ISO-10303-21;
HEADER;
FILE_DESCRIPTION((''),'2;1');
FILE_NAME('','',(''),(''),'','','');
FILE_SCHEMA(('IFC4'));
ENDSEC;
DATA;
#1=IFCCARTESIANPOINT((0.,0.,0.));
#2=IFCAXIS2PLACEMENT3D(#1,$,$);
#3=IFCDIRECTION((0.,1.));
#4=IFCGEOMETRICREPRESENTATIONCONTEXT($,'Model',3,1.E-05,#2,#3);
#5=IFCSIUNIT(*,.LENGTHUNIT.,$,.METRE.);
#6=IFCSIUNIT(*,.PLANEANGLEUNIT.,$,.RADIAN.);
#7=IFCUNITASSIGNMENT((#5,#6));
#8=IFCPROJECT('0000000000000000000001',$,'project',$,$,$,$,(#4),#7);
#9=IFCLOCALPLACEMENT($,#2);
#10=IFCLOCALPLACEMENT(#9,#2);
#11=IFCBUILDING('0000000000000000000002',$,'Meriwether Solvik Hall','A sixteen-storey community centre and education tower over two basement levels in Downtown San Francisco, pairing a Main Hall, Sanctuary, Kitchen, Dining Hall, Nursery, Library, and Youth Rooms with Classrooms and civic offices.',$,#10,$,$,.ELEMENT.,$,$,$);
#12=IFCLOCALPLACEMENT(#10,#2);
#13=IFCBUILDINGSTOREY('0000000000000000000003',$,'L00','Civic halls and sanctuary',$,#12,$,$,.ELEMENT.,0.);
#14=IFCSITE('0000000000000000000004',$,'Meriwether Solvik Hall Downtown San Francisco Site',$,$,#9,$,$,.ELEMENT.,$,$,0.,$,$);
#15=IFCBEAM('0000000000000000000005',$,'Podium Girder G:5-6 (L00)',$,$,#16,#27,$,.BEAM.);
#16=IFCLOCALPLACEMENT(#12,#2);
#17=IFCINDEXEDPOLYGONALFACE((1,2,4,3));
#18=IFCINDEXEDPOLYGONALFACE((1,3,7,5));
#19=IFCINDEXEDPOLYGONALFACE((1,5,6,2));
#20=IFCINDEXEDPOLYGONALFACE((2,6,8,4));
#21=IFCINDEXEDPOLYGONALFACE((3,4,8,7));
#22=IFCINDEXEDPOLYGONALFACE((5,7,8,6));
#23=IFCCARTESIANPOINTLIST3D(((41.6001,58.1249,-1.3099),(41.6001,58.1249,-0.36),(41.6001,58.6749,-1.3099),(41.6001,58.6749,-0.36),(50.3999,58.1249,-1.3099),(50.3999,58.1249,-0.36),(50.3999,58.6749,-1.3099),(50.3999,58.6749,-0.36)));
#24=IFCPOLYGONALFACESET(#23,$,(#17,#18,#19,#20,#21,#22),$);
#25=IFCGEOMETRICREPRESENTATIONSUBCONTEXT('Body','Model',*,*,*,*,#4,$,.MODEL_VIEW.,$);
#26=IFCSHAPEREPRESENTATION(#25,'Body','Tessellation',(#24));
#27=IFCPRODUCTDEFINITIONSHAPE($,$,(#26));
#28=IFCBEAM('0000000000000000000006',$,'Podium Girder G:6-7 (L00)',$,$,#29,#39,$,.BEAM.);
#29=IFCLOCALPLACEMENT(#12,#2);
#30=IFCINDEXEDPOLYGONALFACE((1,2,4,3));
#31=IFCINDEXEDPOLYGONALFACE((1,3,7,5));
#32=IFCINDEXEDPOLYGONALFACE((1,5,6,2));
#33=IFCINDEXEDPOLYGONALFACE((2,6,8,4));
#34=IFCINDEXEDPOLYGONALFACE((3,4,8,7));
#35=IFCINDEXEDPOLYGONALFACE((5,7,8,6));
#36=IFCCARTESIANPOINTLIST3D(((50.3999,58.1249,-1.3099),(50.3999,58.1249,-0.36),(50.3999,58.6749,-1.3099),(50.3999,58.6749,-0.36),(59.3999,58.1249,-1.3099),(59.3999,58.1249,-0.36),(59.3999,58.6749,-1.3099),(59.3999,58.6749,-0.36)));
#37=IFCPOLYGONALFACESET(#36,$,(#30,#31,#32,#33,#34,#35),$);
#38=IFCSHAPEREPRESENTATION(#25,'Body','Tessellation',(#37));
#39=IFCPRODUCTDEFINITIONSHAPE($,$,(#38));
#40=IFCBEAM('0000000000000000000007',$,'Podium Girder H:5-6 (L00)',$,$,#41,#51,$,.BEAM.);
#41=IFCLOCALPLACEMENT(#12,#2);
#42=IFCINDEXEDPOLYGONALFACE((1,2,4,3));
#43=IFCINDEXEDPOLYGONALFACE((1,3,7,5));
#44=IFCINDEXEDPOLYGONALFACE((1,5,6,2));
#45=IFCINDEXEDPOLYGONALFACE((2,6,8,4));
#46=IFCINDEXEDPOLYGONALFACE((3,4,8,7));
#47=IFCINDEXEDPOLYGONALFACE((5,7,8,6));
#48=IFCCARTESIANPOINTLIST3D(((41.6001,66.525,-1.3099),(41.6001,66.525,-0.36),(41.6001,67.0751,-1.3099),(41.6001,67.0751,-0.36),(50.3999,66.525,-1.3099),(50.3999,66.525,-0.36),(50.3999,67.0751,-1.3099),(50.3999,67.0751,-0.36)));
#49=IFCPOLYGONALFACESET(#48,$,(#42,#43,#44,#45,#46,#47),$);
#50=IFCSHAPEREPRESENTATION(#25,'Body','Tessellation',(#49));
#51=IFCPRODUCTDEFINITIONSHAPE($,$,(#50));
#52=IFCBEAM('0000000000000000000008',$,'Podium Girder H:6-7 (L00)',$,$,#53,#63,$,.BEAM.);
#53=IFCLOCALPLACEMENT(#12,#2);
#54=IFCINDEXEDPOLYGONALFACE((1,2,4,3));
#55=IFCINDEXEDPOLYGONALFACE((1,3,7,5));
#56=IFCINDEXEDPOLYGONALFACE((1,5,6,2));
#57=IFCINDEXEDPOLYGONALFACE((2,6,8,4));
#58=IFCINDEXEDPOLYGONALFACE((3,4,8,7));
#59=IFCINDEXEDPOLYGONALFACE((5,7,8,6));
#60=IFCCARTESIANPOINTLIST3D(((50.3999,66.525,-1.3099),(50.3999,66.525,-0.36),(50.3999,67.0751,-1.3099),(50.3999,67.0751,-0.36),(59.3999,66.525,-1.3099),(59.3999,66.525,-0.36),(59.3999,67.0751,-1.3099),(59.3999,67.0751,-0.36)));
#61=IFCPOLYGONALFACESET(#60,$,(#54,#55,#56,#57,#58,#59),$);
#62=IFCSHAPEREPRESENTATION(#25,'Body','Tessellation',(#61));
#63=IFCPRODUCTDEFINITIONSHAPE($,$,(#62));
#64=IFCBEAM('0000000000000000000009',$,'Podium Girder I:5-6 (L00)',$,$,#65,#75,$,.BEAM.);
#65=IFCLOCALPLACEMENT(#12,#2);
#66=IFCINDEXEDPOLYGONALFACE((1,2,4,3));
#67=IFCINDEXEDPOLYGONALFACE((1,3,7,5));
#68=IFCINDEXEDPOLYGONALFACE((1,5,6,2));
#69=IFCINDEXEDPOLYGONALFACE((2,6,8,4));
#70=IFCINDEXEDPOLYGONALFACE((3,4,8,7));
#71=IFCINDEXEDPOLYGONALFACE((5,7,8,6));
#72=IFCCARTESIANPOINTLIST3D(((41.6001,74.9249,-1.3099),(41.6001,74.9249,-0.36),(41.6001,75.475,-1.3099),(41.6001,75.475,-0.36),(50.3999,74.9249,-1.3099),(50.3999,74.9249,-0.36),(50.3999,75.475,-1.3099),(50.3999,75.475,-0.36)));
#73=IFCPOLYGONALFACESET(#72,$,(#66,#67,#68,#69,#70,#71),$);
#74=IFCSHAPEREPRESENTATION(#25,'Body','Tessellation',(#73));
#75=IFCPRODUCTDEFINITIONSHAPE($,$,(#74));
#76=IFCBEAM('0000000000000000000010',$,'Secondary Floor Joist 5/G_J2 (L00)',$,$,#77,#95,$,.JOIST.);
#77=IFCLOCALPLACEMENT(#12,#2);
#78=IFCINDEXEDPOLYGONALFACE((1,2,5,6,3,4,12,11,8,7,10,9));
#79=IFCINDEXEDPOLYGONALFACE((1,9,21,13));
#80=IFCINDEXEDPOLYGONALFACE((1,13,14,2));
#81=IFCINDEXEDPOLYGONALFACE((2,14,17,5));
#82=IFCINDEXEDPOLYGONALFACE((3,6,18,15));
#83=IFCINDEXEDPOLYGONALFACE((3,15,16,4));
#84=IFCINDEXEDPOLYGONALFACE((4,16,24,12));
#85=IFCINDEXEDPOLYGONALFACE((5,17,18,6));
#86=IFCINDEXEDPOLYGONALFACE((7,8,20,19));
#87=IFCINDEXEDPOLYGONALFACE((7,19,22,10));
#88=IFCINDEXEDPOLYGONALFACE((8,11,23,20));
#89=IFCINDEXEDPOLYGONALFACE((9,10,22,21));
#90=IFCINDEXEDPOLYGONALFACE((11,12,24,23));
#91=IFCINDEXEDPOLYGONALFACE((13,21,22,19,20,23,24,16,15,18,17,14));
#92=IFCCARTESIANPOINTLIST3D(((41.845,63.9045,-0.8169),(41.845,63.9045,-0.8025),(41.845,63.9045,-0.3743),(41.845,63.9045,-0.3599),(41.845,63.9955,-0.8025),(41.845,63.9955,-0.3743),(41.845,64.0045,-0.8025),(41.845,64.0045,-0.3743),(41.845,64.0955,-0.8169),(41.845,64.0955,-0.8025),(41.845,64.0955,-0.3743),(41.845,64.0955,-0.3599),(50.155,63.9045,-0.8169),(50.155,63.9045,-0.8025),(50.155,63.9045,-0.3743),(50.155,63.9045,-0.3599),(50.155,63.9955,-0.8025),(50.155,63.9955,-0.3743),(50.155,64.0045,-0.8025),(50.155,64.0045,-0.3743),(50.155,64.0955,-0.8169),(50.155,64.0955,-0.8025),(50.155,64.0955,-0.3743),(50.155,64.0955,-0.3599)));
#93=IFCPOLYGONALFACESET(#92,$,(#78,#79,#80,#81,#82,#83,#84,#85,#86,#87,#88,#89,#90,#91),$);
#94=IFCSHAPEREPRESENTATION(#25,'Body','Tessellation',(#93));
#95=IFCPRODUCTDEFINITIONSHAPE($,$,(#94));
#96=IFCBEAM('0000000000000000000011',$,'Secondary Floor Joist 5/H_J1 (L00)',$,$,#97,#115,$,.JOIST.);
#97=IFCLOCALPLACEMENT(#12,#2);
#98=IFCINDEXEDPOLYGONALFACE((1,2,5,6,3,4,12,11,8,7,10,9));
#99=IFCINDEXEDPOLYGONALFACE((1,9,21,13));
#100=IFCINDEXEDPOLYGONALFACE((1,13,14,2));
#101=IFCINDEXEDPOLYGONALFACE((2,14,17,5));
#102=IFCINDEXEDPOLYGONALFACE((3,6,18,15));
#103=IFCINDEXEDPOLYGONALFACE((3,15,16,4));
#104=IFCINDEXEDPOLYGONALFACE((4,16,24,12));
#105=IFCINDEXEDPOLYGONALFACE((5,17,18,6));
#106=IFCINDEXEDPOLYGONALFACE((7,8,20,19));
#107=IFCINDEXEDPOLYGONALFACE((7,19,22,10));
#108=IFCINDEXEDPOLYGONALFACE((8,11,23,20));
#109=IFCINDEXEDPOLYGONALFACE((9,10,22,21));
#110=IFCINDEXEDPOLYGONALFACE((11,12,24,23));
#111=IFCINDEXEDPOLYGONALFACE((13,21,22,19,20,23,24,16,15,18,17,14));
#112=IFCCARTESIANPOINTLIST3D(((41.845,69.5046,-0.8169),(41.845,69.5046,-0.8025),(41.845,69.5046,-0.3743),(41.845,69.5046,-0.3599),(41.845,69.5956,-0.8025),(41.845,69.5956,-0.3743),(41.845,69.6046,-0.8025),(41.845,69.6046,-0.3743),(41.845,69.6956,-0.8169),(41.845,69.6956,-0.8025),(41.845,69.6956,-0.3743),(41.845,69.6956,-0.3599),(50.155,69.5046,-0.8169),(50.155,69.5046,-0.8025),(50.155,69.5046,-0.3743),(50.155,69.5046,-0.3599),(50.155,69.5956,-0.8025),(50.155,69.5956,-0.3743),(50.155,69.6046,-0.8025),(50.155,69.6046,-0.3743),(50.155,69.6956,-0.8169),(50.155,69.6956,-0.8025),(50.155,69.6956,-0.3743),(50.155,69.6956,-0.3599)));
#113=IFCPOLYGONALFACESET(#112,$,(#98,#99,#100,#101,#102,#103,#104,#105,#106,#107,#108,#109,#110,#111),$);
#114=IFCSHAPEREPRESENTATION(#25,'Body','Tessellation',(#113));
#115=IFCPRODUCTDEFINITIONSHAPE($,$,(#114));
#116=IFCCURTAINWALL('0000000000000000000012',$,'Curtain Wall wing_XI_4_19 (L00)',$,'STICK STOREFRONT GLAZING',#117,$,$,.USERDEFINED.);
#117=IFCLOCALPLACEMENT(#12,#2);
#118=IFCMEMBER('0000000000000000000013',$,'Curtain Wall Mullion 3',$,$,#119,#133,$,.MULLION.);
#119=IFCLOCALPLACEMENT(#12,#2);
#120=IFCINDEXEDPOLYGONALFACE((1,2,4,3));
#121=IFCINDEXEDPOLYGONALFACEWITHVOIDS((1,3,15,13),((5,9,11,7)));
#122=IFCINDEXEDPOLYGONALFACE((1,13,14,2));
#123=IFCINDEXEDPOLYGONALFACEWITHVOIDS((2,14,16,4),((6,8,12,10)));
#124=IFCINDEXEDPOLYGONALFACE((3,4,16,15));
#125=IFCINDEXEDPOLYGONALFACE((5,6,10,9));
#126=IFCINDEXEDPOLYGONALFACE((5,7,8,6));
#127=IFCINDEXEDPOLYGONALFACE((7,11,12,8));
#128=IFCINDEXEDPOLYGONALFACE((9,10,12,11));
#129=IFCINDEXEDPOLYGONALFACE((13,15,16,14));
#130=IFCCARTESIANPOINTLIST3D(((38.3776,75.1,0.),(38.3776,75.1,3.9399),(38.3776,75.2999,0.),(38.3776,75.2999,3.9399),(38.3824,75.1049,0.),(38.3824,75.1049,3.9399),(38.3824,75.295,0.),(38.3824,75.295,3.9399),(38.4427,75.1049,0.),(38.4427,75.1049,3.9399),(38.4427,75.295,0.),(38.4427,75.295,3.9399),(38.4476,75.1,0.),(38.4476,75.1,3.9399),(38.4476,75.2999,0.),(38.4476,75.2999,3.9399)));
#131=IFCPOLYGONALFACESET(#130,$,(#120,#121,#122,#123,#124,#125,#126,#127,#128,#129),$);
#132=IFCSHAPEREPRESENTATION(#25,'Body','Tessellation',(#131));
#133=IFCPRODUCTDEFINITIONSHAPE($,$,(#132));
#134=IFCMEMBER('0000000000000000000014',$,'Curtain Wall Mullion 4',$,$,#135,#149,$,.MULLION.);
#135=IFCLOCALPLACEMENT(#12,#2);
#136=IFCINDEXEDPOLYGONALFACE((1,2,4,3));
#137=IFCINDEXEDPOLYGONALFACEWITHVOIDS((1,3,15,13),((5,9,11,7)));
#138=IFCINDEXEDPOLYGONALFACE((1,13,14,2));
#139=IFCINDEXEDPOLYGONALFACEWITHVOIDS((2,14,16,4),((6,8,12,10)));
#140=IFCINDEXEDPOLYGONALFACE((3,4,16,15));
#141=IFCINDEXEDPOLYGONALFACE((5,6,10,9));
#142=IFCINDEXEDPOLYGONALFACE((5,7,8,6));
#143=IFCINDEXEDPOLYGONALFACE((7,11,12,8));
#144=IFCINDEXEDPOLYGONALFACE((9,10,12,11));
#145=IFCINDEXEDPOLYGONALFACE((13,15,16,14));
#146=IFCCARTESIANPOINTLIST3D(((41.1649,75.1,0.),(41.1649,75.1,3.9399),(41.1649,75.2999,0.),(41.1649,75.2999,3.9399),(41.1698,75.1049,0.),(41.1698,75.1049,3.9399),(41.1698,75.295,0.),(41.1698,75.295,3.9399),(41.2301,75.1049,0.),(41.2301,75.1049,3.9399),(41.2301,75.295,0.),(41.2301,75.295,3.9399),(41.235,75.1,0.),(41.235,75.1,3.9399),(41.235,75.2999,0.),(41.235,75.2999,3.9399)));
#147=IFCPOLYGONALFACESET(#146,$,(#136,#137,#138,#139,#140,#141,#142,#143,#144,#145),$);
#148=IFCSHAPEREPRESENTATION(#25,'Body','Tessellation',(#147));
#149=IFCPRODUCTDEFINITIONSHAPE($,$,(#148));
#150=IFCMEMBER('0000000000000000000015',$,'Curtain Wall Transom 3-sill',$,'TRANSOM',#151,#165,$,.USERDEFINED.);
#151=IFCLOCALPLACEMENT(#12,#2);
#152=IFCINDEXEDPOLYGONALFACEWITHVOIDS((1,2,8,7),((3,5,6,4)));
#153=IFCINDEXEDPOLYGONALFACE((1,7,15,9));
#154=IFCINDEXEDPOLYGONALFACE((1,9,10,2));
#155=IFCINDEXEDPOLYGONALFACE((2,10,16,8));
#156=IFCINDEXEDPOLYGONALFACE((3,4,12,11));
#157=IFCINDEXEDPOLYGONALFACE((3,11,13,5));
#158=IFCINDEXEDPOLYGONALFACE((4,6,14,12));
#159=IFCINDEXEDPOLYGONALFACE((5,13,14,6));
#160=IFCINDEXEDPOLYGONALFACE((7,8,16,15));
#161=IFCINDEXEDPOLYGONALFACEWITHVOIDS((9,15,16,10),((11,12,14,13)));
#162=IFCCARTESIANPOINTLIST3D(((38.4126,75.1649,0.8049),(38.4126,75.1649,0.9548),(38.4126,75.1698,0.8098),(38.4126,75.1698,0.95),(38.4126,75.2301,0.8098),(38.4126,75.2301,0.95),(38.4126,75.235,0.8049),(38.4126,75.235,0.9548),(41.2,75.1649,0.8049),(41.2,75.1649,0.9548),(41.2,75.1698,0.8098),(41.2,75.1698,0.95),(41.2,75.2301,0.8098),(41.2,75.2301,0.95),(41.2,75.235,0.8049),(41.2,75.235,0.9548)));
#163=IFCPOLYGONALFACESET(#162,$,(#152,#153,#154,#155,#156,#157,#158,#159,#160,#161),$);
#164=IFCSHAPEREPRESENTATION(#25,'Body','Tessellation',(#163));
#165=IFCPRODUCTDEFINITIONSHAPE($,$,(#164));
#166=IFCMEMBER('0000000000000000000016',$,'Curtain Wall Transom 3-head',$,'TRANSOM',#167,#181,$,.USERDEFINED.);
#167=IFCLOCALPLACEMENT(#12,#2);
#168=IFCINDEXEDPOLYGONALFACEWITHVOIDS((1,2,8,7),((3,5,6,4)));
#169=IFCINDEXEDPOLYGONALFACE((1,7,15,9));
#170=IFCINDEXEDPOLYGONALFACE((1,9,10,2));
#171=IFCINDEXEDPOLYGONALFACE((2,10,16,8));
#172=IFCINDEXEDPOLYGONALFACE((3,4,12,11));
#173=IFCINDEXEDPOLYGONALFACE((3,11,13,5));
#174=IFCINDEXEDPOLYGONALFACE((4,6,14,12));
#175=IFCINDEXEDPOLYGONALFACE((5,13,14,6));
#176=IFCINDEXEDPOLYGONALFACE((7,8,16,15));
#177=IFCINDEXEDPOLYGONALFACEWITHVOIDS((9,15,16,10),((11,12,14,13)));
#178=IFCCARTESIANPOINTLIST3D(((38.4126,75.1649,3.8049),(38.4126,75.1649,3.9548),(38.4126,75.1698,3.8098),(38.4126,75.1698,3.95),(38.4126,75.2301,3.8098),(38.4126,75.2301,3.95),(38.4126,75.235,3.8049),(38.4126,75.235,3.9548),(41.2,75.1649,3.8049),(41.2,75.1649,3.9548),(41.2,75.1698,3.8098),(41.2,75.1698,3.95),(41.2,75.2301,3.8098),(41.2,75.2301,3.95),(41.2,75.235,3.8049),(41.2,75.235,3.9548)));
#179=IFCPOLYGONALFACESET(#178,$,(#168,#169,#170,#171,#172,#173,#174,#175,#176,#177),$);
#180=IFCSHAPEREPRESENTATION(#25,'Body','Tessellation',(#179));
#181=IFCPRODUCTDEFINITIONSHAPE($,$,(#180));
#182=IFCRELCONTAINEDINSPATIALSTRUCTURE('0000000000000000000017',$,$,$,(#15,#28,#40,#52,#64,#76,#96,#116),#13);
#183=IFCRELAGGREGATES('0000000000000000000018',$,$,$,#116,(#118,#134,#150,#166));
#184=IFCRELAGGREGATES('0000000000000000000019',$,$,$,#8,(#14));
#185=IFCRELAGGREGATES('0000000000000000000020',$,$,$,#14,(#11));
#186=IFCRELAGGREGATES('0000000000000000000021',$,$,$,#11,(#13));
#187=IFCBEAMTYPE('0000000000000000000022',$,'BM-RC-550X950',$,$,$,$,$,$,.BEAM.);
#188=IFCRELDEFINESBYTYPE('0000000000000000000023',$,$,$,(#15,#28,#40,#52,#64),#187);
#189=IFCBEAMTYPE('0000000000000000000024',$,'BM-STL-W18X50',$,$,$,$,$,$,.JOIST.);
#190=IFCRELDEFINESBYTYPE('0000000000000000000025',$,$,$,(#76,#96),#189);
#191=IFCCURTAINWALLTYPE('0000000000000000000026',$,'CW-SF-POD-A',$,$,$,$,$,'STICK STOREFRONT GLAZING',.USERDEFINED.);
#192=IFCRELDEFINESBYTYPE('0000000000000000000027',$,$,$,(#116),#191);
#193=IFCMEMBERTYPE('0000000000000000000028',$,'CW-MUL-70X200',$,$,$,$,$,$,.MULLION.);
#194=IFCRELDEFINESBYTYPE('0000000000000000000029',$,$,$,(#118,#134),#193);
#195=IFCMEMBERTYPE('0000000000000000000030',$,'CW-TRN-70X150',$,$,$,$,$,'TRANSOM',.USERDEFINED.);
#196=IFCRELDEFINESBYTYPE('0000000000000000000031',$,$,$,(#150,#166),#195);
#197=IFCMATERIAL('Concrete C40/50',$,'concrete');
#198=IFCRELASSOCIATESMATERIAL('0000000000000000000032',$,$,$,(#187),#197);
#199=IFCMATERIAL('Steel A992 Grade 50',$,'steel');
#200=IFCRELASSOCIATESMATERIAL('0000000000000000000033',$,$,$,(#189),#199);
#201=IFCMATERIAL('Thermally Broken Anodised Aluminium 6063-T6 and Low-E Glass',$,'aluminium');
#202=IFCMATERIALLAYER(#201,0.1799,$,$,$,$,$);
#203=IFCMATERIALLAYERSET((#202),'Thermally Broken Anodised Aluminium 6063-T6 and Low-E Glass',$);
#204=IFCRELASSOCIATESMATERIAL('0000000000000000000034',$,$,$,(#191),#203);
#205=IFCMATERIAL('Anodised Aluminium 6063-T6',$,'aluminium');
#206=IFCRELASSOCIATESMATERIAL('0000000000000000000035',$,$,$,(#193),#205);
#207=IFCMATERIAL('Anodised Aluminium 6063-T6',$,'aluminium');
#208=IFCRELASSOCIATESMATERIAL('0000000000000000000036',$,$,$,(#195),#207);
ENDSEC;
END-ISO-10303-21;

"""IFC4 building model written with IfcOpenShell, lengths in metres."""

from ifc_helpers import new_model, si_unit, direction, frame, origin, origin_2d, place, context, subcontext, project, spatial, rectangle, hollow_rectangle, i_section, extrude, material, layer, layer_set, material_profile, profile_set, type_object, element, aggregate, save


model = new_model("IFC4")

# Units and contexts
model_context = context("Model", 3, precision=1e-05, world=origin(), true_north=direction((0.0, 1.0)))
body_context = subcontext(model_context, "Body", "Model", "MODEL_VIEW")
ifc_project = project(units=[si_unit("LENGTHUNIT", "METRE"), si_unit("PLANEANGLEUNIT", "RADIAN")], contexts=[model_context])

# Site, building, storey
site_placement = place(None, origin())
site = spatial("IfcSite", under=ifc_project, at=site_placement, Name="Meriwether Solvik Hall Downtown San Francisco Site", CompositionType="ELEMENT", RefElevation=0.0)
building_placement = place(site_placement, origin())
building = spatial("IfcBuilding", under=site, at=building_placement, Name="Meriwether Solvik Hall", Description="A sixteen-storey community centre and education tower over two basement levels in Downtown San Francisco, pairing a Main Hall, Sanctuary, Kitchen, Dining Hall, Nursery, Library, and Youth Rooms with Classrooms and civic offices.", CompositionType="ELEMENT")
storey_placement = place(building_placement, origin())
storey = spatial("IfcBuildingStorey", under=building, at=storey_placement, Name="L00", Description="Civic halls and sanctuary", CompositionType="ELEMENT", Elevation=0.0)

# Beams
ifc_material_1 = material(Name="Concrete C40/50", Category="concrete")
ifc_material_profile_1 = material_profile(ifc_material_1, rectangle(XDim=0.55, YDim=0.95, at=origin_2d()), Name="RCB-550X950")
ifc_profile_set_1 = profile_set([ifc_material_profile_1], Name="Concrete C40/50")
beam_type_1 = type_object("IfcBeamType", Name="BM-RC-550X950", PredefinedType="BEAM", material=ifc_profile_set_1)
beam_1_placement = place(storey_placement, frame((41.6001, 58.3999, -0.835), z_axis=(1.0, 0.0, 0.0), x_axis=(0.0, 1.0, 0.0)))
element("IfcBeam", 1, at=beam_1_placement, inside=storey, type_object=beam_type_1, Name="Podium Girder G:5-6 (L00)", PredefinedType="BEAM", context=body_context, shape_type="SweptSolid", body=[
    extrude(rectangle(XDim=0.55, YDim=0.95, at=origin_2d()), origin(), (0.0, 0.0, 1.0), 8.7998),
])
beam_2_placement = place(storey_placement, frame((50.3999, 58.3999, -0.835), z_axis=(1.0, 0.0, 0.0), x_axis=(0.0, 1.0, 0.0)))
element("IfcBeam", 2, at=beam_2_placement, inside=storey, type_object=beam_type_1, Name="Podium Girder G:6-7 (L00)", PredefinedType="BEAM", context=body_context, shape_type="SweptSolid", body=[
    extrude(rectangle(XDim=0.55, YDim=0.95, at=origin_2d()), origin(), (0.0, 0.0, 1.0), 9.0),
])
beam_3_placement = place(storey_placement, frame((41.6001, 66.8, -0.835), z_axis=(1.0, 0.0, 0.0), x_axis=(0.0, 1.0, 0.0)))
element("IfcBeam", 3, at=beam_3_placement, inside=storey, type_object=beam_type_1, Name="Podium Girder H:5-6 (L00)", PredefinedType="BEAM", context=body_context, shape_type="SweptSolid", body=[
    extrude(rectangle(XDim=0.55, YDim=0.95, at=origin_2d()), origin(), (0.0, 0.0, 1.0), 8.7998),
])
beam_4_placement = place(storey_placement, frame((50.3999, 66.8, -0.835), z_axis=(1.0, 0.0, 0.0), x_axis=(0.0, 1.0, 0.0)))
element("IfcBeam", 4, at=beam_4_placement, inside=storey, type_object=beam_type_1, Name="Podium Girder H:6-7 (L00)", PredefinedType="BEAM", context=body_context, shape_type="SweptSolid", body=[
    extrude(rectangle(XDim=0.55, YDim=0.95, at=origin_2d()), origin(), (0.0, 0.0, 1.0), 9.0),
])
beam_5_placement = place(storey_placement, frame((41.6001, 75.2, -0.835), z_axis=(1.0, 0.0, 0.0), x_axis=(0.0, 1.0, 0.0)))
element("IfcBeam", 5, at=beam_5_placement, inside=storey, type_object=beam_type_1, Name="Podium Girder I:5-6 (L00)", PredefinedType="BEAM", context=body_context, shape_type="SweptSolid", body=[
    extrude(rectangle(XDim=0.55, YDim=0.95, at=origin_2d()), origin(), (0.0, 0.0, 1.0), 8.7998),
])
ifc_material_2 = material(Name="Steel A992 Grade 50", Category="steel")
ifc_material_profile_2 = material_profile(ifc_material_2, i_section(OverallWidth=0.1909, OverallDepth=0.457, WebThickness=0.009, FlangeThickness=0.0144, at=origin_2d()), Name="W18X50")
ifc_profile_set_2 = profile_set([ifc_material_profile_2], Name="Steel A992 Grade 50")
beam_type_2 = type_object("IfcBeamType", Name="BM-STL-W18X50", PredefinedType="JOIST", material=ifc_profile_set_2)
for number, where, z_axis, x_axis, name in (
    (6, (41.845, 64.0, -0.5884), (1.0, 0.0, 0.0), (0.0, 1.0, 0.0), "Secondary Floor Joist 5/G_J2 (L00)"),
    (7, (41.845, 69.6001, -0.5884), (1.0, 0.0, 0.0), (0.0, 1.0, 0.0), "Secondary Floor Joist 5/H_J1 (L00)"),
):
    element("IfcBeam", number, at=place(storey_placement, frame(where, z_axis=z_axis, x_axis=x_axis)), inside=storey, type_object=beam_type_2, Name=name, PredefinedType="JOIST", context=body_context, shape_type="SweptSolid", body=[
        extrude(i_section(OverallWidth=0.1909, OverallDepth=0.457, WebThickness=0.009, FlangeThickness=0.0144, at=origin_2d()), origin(), (0.0, 0.0, 1.0), 8.3101),
    ])

# Curtain wall, members
ifc_material_3 = material(Name="Thermally Broken Anodised Aluminium 6063-T6 and Low-E Glass", Category="aluminium")
ifc_layer_1 = layer(ifc_material_3, 0.1799)
ifc_layer_set_1 = layer_set([ifc_layer_1], Name="Thermally Broken Anodised Aluminium 6063-T6 and Low-E Glass")
curtain_wall_type = type_object("IfcCurtainWallType", Name="CW-SF-POD-A", ElementType="STICK STOREFRONT GLAZING", PredefinedType="USERDEFINED", material=ifc_layer_set_1)
curtain_wall_placement = place(storey_placement, origin())
curtain_wall = element("IfcCurtainWall", 8, at=curtain_wall_placement, inside=storey, type_object=curtain_wall_type, Name="Curtain Wall wing_XI_4_19 (L00)", ObjectType="STICK STOREFRONT GLAZING", PredefinedType="USERDEFINED")
ifc_material_4 = material(Name="Anodised Aluminium 6063-T6", Category="aluminium")
ifc_material_profile_3 = material_profile(ifc_material_4, hollow_rectangle(XDim=0.0701, YDim=0.2, WallThickness=0.0049, at=origin_2d()), Name="CWM-70X200")
ifc_profile_set_3 = profile_set([ifc_material_profile_3], Name="Anodised Aluminium 6063-T6")
member_type_1 = type_object("IfcMemberType", Name="CW-MUL-70X200", PredefinedType="MULLION", material=ifc_profile_set_3)
member_1_placement = place(storey_placement, frame((38.4126, 75.2, 0.0), z_axis=(0.0, 0.0, 1.0), x_axis=(1.0, 0.0, 0.0)))
member_1 = element("IfcMember", 9, at=member_1_placement, type_object=member_type_1, Name="Curtain Wall Mullion 3", PredefinedType="MULLION", context=body_context, shape_type="SweptSolid", body=[
    extrude(hollow_rectangle(XDim=0.0701, YDim=0.2, WallThickness=0.0049, at=origin_2d()), origin(), (0.0, 0.0, 1.0), 3.9399),
])
member_2_placement = place(storey_placement, frame((41.2, 75.2, 0.0), z_axis=(0.0, 0.0, 1.0), x_axis=(1.0, 0.0, 0.0)))
member_2 = element("IfcMember", 10, at=member_2_placement, type_object=member_type_1, Name="Curtain Wall Mullion 4", PredefinedType="MULLION", context=body_context, shape_type="SweptSolid", body=[
    extrude(hollow_rectangle(XDim=0.0701, YDim=0.2, WallThickness=0.0049, at=origin_2d()), origin(), (0.0, 0.0, 1.0), 3.9399),
])
ifc_material_5 = material(Name="Anodised Aluminium 6063-T6", Category="aluminium")
ifc_material_profile_4 = material_profile(ifc_material_5, hollow_rectangle(XDim=0.0701, YDim=0.1499, WallThickness=0.0049, at=origin_2d()), Name="CWT-70X150")
ifc_profile_set_4 = profile_set([ifc_material_profile_4], Name="Anodised Aluminium 6063-T6")
member_type_2 = type_object("IfcMemberType", Name="CW-TRN-70X150", ElementType="TRANSOM", PredefinedType="USERDEFINED", material=ifc_profile_set_4)
member_3_placement = place(storey_placement, frame((38.4126, 75.2, 0.8799), z_axis=(1.0, 0.0, 0.0), x_axis=(0.0, 1.0, 0.0)))
member_3 = element("IfcMember", 11, at=member_3_placement, type_object=member_type_2, Name="Curtain Wall Transom 3-sill", ObjectType="TRANSOM", PredefinedType="USERDEFINED", context=body_context, shape_type="SweptSolid", body=[
    extrude(hollow_rectangle(XDim=0.0701, YDim=0.1499, WallThickness=0.0049, at=origin_2d()), origin(), (0.0, 0.0, 1.0), 2.7874),
])
member_4_placement = place(storey_placement, frame((38.4126, 75.2, 3.8799), z_axis=(1.0, 0.0, 0.0), x_axis=(0.0, 1.0, 0.0)))
member_4 = element("IfcMember", 12, at=member_4_placement, type_object=member_type_2, Name="Curtain Wall Transom 3-head", ObjectType="TRANSOM", PredefinedType="USERDEFINED", context=body_context, shape_type="SweptSolid", body=[
    extrude(hollow_rectangle(XDim=0.0701, YDim=0.1499, WallThickness=0.0049, at=origin_2d()), origin(), (0.0, 0.0, 1.0), 2.7874),
])
aggregate(curtain_wall, [member_1, member_2, member_3, member_4])

save(model, "model.ifc")
